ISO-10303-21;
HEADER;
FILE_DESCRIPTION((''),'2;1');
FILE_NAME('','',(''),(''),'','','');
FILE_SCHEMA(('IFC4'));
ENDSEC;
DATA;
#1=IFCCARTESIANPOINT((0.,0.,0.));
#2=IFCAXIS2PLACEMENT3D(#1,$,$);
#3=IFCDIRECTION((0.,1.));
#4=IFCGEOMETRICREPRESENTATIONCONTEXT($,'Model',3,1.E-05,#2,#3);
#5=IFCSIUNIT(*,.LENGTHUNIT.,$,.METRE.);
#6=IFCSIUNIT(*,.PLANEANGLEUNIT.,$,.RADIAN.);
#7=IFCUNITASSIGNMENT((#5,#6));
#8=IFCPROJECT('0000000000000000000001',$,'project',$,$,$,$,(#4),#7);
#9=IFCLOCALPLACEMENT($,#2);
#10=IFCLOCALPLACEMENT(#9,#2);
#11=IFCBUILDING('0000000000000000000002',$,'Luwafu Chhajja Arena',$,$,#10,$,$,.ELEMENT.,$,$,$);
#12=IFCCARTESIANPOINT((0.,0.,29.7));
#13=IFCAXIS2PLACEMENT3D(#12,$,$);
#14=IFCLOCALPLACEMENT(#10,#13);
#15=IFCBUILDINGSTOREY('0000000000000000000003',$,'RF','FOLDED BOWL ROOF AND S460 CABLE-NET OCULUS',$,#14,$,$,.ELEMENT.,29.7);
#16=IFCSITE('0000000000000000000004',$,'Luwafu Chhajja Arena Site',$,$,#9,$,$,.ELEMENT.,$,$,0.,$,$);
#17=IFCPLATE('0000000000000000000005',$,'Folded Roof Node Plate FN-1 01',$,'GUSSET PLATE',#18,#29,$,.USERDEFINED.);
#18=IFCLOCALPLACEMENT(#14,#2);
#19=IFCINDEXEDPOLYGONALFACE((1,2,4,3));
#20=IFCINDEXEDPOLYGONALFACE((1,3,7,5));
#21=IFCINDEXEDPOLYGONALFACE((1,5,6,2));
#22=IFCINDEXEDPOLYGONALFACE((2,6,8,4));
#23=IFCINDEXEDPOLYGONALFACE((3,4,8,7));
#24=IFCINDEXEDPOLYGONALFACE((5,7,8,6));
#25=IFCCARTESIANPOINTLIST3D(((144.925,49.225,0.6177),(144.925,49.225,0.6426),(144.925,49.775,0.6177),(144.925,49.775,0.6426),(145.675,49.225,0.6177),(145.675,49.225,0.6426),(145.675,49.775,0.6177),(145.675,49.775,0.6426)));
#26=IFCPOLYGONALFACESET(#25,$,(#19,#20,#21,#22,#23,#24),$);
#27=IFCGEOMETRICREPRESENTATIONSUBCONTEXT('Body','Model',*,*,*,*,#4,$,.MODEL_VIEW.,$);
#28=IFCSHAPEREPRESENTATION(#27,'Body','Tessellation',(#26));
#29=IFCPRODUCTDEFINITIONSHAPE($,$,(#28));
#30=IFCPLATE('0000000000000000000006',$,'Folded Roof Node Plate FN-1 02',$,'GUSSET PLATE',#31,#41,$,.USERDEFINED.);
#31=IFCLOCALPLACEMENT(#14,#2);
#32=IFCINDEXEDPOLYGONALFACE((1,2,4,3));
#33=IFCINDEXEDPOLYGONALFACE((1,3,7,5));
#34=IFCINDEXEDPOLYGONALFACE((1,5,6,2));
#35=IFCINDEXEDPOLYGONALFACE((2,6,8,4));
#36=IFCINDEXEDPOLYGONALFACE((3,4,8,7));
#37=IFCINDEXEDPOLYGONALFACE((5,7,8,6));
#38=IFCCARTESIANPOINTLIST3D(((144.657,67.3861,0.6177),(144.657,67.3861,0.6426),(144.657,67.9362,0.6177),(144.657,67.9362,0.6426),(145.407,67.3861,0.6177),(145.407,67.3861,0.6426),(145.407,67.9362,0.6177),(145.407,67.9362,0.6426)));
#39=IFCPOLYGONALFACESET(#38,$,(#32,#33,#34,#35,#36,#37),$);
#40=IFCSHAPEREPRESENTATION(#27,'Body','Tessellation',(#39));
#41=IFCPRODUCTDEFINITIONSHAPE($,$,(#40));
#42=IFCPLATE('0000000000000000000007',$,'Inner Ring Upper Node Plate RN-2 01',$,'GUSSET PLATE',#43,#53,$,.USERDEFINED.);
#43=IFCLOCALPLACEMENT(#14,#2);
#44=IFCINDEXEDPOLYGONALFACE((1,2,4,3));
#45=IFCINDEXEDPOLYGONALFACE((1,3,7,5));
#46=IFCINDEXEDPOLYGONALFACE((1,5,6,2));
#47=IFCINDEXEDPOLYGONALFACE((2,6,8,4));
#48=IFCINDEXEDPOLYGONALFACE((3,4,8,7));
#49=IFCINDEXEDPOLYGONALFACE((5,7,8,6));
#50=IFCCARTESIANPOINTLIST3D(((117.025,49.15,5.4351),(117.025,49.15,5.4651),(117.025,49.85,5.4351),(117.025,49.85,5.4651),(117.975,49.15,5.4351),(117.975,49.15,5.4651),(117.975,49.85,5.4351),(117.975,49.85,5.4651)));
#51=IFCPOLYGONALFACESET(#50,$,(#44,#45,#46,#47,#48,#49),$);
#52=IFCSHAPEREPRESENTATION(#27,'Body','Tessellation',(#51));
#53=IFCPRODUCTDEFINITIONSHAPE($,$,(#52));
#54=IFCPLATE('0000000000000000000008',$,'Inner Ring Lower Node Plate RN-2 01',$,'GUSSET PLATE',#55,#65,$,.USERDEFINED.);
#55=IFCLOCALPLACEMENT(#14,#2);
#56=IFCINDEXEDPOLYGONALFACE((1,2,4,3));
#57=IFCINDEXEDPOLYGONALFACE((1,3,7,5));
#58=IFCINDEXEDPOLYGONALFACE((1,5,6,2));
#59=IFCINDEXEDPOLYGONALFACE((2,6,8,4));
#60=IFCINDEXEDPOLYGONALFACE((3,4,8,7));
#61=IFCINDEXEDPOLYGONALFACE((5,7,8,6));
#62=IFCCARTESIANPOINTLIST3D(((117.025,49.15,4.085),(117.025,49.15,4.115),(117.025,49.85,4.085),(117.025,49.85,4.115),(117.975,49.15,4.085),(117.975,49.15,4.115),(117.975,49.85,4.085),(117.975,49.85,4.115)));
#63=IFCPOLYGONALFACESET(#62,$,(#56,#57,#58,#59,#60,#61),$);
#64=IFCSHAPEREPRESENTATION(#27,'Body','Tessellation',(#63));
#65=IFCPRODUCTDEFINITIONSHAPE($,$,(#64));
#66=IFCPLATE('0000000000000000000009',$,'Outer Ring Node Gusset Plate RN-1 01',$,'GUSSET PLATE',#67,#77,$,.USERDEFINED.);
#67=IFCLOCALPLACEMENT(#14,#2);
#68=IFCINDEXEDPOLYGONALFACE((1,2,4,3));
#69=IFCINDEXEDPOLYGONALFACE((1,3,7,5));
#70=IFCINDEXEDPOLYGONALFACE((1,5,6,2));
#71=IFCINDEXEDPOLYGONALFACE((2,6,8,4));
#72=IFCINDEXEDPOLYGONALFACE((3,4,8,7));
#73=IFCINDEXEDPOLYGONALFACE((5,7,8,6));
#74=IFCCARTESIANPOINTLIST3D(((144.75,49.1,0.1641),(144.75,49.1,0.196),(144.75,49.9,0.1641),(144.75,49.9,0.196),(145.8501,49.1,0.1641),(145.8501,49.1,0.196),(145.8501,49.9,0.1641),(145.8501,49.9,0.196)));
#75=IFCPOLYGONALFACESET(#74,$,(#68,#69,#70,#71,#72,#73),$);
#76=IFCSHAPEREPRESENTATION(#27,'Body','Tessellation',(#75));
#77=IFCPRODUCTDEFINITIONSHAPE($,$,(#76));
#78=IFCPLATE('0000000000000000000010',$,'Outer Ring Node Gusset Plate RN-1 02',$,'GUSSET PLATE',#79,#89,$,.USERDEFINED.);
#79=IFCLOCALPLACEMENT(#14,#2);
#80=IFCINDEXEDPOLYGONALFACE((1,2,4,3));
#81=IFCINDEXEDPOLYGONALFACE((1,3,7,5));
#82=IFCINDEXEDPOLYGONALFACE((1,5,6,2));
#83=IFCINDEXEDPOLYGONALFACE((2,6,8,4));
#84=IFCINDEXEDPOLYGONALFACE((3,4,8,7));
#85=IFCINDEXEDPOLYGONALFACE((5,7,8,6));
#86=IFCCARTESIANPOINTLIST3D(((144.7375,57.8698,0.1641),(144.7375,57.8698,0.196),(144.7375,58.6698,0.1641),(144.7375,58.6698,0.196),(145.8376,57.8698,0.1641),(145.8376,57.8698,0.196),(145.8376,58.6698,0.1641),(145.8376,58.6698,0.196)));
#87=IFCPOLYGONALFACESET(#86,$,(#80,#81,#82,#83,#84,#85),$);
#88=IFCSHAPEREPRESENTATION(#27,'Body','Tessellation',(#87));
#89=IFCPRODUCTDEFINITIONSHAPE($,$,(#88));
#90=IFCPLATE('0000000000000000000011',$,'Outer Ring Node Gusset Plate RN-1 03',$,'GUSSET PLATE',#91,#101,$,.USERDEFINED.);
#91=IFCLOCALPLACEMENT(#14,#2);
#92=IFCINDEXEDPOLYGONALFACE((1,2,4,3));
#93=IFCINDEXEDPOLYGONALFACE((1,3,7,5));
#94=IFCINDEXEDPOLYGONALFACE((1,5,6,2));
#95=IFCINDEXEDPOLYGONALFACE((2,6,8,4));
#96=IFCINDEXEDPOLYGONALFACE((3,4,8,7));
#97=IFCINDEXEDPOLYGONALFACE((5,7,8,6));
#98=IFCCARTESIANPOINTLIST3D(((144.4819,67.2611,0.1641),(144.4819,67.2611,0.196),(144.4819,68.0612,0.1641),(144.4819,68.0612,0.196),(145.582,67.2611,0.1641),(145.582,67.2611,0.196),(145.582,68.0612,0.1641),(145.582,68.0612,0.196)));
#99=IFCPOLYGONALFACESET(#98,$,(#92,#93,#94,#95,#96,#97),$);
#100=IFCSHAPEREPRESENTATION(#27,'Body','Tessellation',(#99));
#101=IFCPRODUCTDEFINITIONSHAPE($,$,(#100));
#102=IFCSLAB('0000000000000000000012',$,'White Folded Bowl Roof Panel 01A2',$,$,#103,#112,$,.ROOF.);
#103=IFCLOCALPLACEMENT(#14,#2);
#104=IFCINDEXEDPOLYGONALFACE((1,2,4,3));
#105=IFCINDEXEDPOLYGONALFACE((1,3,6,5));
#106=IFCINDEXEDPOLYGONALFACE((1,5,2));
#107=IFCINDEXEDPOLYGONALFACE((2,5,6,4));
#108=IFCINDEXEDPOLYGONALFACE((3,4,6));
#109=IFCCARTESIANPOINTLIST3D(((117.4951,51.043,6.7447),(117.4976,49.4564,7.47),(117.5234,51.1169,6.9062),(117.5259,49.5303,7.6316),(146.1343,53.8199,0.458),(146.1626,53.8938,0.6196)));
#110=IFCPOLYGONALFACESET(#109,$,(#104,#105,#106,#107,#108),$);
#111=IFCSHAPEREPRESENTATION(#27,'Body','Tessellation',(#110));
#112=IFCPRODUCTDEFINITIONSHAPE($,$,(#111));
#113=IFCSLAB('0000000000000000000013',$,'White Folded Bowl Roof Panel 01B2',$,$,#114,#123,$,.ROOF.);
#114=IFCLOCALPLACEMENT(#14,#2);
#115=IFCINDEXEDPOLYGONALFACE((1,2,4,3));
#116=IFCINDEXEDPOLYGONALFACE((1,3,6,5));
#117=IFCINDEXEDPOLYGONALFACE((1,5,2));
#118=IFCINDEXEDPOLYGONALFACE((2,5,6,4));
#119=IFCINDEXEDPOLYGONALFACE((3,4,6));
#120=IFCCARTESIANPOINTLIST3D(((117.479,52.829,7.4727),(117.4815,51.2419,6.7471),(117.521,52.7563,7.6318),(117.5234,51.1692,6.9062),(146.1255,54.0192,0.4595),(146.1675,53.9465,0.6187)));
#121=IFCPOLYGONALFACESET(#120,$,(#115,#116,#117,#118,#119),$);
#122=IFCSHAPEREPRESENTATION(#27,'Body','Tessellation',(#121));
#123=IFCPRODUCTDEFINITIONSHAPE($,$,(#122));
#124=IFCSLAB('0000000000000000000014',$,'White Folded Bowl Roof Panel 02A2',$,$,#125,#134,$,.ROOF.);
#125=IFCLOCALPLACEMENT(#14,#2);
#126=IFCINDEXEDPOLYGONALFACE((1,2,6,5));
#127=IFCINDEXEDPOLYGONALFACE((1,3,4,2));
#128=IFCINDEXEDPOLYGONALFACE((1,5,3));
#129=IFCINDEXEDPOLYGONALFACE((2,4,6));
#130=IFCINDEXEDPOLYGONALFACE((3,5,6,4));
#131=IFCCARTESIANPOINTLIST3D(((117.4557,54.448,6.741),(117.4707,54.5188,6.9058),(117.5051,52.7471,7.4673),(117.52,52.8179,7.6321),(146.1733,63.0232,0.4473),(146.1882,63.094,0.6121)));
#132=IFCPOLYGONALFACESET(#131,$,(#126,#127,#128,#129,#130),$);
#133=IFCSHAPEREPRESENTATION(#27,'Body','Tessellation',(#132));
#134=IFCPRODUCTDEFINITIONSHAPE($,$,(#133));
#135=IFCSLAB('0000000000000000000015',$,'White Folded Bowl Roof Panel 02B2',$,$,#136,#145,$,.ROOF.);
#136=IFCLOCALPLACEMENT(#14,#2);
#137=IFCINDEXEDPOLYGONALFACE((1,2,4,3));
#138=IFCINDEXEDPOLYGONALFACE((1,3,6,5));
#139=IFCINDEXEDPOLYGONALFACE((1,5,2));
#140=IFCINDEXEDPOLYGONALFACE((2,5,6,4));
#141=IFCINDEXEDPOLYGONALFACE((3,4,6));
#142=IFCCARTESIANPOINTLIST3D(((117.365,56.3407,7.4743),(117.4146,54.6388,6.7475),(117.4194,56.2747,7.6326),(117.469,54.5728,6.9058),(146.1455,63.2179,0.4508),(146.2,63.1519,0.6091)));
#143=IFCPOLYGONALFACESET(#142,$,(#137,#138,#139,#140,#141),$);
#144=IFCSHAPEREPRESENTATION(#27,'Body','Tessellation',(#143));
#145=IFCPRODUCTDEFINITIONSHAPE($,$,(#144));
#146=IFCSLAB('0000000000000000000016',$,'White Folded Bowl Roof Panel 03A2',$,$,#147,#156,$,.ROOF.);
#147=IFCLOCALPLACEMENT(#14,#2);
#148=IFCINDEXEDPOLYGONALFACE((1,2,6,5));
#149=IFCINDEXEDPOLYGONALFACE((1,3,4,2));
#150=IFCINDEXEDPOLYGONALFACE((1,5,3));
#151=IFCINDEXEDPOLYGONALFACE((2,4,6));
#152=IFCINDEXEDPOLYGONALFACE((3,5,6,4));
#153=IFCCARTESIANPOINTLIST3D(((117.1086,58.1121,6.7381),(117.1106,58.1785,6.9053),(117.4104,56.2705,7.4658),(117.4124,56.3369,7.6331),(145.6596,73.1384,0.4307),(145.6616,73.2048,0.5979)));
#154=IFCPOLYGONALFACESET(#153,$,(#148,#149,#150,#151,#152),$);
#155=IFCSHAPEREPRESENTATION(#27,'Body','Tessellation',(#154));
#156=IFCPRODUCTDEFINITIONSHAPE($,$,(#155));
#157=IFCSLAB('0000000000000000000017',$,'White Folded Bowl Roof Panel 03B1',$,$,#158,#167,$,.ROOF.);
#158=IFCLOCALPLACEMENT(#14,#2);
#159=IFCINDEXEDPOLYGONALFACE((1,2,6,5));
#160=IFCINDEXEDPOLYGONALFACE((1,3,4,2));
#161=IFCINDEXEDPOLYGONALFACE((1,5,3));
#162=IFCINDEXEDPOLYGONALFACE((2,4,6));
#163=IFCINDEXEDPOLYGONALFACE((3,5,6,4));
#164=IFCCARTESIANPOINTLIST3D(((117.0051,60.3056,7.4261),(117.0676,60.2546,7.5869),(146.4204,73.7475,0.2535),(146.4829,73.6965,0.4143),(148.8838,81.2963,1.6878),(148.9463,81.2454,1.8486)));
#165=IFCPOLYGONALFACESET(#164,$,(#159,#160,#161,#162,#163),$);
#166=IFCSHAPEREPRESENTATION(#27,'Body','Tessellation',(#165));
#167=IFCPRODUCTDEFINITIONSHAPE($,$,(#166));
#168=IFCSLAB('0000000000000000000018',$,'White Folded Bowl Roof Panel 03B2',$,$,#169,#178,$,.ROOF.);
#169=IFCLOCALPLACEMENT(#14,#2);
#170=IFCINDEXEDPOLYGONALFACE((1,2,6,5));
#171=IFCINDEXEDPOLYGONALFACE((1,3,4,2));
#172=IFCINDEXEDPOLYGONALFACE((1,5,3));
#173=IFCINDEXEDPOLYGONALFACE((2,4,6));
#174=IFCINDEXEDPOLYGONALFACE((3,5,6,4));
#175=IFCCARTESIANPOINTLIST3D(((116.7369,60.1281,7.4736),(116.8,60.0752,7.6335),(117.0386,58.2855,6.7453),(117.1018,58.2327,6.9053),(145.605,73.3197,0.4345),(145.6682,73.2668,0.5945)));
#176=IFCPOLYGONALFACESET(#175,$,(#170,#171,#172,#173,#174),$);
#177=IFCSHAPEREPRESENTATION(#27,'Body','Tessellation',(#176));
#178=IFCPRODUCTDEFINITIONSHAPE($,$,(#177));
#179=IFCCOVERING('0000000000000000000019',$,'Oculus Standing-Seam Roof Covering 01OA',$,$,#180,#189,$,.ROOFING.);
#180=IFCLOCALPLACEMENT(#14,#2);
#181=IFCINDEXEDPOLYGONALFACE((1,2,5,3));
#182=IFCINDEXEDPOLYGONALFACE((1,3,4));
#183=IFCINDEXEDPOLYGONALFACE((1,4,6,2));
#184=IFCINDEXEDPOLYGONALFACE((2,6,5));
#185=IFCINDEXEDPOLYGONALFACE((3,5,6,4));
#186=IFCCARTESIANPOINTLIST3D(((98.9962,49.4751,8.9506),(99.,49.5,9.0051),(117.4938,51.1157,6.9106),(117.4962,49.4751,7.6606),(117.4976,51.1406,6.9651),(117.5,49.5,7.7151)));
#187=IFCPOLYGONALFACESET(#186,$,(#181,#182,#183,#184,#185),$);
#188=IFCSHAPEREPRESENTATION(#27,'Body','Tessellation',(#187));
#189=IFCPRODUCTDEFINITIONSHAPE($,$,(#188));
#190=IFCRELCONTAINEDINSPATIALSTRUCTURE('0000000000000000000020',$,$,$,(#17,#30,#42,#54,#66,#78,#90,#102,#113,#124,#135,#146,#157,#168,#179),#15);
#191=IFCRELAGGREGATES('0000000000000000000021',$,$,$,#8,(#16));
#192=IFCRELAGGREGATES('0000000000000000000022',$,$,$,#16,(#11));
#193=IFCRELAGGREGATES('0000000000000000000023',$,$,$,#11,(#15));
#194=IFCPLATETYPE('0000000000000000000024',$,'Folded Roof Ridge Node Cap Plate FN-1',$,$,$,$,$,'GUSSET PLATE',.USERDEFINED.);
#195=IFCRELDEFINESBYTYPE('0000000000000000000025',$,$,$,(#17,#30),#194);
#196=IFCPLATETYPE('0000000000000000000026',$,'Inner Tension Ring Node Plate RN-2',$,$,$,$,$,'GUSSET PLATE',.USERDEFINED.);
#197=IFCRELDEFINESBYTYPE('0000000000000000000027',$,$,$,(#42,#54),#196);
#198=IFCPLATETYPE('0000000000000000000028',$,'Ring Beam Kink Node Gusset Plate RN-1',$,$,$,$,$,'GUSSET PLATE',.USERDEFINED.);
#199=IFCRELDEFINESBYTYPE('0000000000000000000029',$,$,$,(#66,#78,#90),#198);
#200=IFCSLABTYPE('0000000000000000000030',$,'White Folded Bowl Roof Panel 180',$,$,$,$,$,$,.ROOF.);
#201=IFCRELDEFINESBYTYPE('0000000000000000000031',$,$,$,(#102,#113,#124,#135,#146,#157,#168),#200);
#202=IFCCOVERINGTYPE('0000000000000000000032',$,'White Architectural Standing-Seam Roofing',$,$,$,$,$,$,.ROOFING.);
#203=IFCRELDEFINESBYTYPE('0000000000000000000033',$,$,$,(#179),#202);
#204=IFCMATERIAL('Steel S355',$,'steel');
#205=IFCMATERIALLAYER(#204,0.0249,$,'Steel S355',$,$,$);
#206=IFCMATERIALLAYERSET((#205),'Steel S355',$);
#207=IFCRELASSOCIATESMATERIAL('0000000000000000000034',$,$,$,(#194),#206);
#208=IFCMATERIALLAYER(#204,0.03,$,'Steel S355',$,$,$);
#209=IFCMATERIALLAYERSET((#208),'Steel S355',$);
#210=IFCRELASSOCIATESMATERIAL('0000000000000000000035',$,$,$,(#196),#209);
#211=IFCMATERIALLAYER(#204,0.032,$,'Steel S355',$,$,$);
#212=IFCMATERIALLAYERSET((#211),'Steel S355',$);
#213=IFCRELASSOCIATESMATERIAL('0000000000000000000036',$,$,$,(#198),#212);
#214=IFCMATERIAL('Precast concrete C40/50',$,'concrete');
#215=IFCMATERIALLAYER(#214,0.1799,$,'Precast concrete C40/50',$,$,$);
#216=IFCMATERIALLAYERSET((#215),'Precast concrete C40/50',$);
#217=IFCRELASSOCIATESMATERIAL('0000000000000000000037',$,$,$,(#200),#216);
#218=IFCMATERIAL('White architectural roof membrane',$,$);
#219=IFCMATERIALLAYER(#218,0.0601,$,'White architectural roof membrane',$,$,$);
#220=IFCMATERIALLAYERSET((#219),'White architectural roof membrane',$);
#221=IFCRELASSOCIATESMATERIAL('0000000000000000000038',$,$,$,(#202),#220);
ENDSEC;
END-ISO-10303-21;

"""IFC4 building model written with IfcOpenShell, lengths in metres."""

from ifc_helpers import new_model, si_unit, direction, frame, origin, origin_2d, place, context, subcontext, project, spatial, polyline, rectangle, outline, extrude, material, layer, layer_set, type_object, element, save


model = new_model("IFC4")

# Units and contexts
model_context = context("Model", 3, precision=1e-05, world=origin(), true_north=direction((0.0, 1.0)))
body_context = subcontext(model_context, "Body", "Model", "MODEL_VIEW")
ifc_project = project(units=[si_unit("LENGTHUNIT", "METRE"), si_unit("PLANEANGLEUNIT", "RADIAN")], contexts=[model_context])

# Site, building, storey
site_placement = place(None, origin())
site = spatial("IfcSite", under=ifc_project, at=site_placement, Name="Luwafu Chhajja Arena Site", CompositionType="ELEMENT", RefElevation=0.0)
building_placement = place(site_placement, origin())
building = spatial("IfcBuilding", under=site, at=building_placement, Name="Luwafu Chhajja Arena", CompositionType="ELEMENT")
storey_placement = place(building_placement, frame((0.0, 0.0, 29.7)))
storey = spatial("IfcBuildingStorey", under=building, at=storey_placement, Name="RF", Description="FOLDED BOWL ROOF AND S460 CABLE-NET OCULUS", CompositionType="ELEMENT", Elevation=29.7)

# Shared definitions
ifc_material_1 = material(Name="Steel S355", Category="steel")

# Plates
ifc_layer_1 = layer(ifc_material_1, 0.0249, Name="Steel S355")
ifc_layer_set_1 = layer_set([ifc_layer_1], Name="Steel S355")
plate_type_1 = type_object("IfcPlateType", Name="Folded Roof Ridge Node Cap Plate FN-1", ElementType="GUSSET PLATE", PredefinedType="USERDEFINED", material=ifc_layer_set_1)
for number, where, z_axis, x_axis, name in (
    (1, (145.3, 49.5, 0.6177), (0.0, 0.0, 1.0), (1.0, 0.0, 0.0), "Folded Roof Node Plate FN-1 01"),
    (2, (145.032, 67.6611, 0.6177), (0.0, 0.0, 1.0), (1.0, 0.0, 0.0), "Folded Roof Node Plate FN-1 02"),
):
    element("IfcPlate", number, at=place(storey_placement, frame(where, z_axis=z_axis, x_axis=x_axis)), inside=storey, type_object=plate_type_1, Name=name, ObjectType="GUSSET PLATE", PredefinedType="USERDEFINED", context=body_context, shape_type="SweptSolid", body=[
        extrude(rectangle(XDim=0.75, YDim=0.55, at=origin_2d()), origin(), (0.0, 0.0, 1.0), 0.0249),
    ])
ifc_layer_2 = layer(ifc_material_1, 0.03, Name="Steel S355")
ifc_layer_set_2 = layer_set([ifc_layer_2], Name="Steel S355")
plate_type_2 = type_object("IfcPlateType", Name="Inner Tension Ring Node Plate RN-2", ElementType="GUSSET PLATE", PredefinedType="USERDEFINED", material=ifc_layer_set_2)
for number, where, z_axis, x_axis, name in (
    (3, (117.5, 49.5, 5.4351), (0.0, 0.0, 1.0), (1.0, 0.0, 0.0), "Inner Ring Upper Node Plate RN-2 01"),
    (4, (117.5, 49.5, 4.085), (0.0, 0.0, 1.0), (1.0, 0.0, 0.0), "Inner Ring Lower Node Plate RN-2 01"),
):
    element("IfcPlate", number, at=place(storey_placement, frame(where, z_axis=z_axis, x_axis=x_axis)), inside=storey, type_object=plate_type_2, Name=name, ObjectType="GUSSET PLATE", PredefinedType="USERDEFINED", context=body_context, shape_type="SweptSolid", body=[
        extrude(rectangle(XDim=0.95, YDim=0.7, at=origin_2d()), origin(), (0.0, 0.0, 1.0), 0.03),
    ])
ifc_layer_3 = layer(ifc_material_1, 0.032, Name="Steel S355")
ifc_layer_set_3 = layer_set([ifc_layer_3], Name="Steel S355")
plate_type_3 = type_object("IfcPlateType", Name="Ring Beam Kink Node Gusset Plate RN-1", ElementType="GUSSET PLATE", PredefinedType="USERDEFINED", material=ifc_layer_set_3)
for number, where, z_axis, x_axis, name in (
    (5, (145.3, 49.5, 0.1641), (0.0, 0.0, 1.0), (1.0, 0.0, 0.0), "Outer Ring Node Gusset Plate RN-1 01"),
    (6, (145.2876, 58.2698, 0.1641), (0.0, 0.0, 1.0), (1.0, 0.0, 0.0), "Outer Ring Node Gusset Plate RN-1 02"),
    (7, (145.032, 67.6611, 0.1641), (0.0, 0.0, 1.0), (1.0, 0.0, 0.0), "Outer Ring Node Gusset Plate RN-1 03"),
):
    element("IfcPlate", number, at=place(storey_placement, frame(where, z_axis=z_axis, x_axis=x_axis)), inside=storey, type_object=plate_type_3, Name=name, ObjectType="GUSSET PLATE", PredefinedType="USERDEFINED", context=body_context, shape_type="SweptSolid", body=[
        extrude(rectangle(XDim=1.1001, YDim=0.8, at=origin_2d()), origin(), (0.0, 0.0, 1.0), 0.032),
    ])

# Slabs
ifc_material_2 = material(Name="Precast concrete C40/50", Category="concrete")
ifc_layer_4 = layer(ifc_material_2, 0.1799, Name="Precast concrete C40/50")
ifc_layer_set_4 = layer_set([ifc_layer_4], Name="Precast concrete C40/50")
slab_type = type_object("IfcSlabType", Name="White Folded Bowl Roof Panel 180", PredefinedType="ROOF", material=ifc_layer_set_4)
slab_1_placement = place(storey_placement, frame((146.1626, 53.8938, 0.6196), z_axis=(0.157304, 0.410787, 0.898059), x_axis=(-0.960839, -0.146408, 0.23527)))
element("IfcSlab", 8, at=slab_1_placement, inside=storey, type_object=slab_type, Name="White Folded Bowl Roof Panel 01A2", PredefinedType="ROOF", context=body_context, shape_type="SweptSolid", body=[
    extrude(outline(polyline([(0.0, 0.0), (29.8039, 0.0), (29.4032, -1.698), (0.0, 0.0)])), origin(), (0.0, 0.0, -1.0), 0.1799),
])
slab_2_placement = place(storey_placement, frame((146.1675, 53.9465, 0.6187), z_axis=(0.233327, -0.404, 0.884501), x_axis=(-0.972394, -0.094284, 0.213448)))
element("IfcSlab", 9, at=slab_2_placement, inside=storey, type_object=slab_type, Name="White Folded Bowl Roof Panel 01B2", PredefinedType="ROOF", context=body_context, shape_type="SweptSolid", body=[
    extrude(outline(polyline([(0.0, 0.0), (29.4572, 0.0), (29.4648, -1.7451), (0.0, 0.0)])), origin(), (0.0, 0.0, -1.0), 0.1799),
])
slab_3_placement = place(storey_placement, frame((146.1882, 63.094, 0.6121), z_axis=(0.083195, 0.393386, 0.915601), x_axis=(-0.917297, -0.328805, 0.22462)))
element("IfcSlab", 10, at=slab_3_placement, inside=storey, type_object=slab_type, Name="White Folded Bowl Roof Panel 02A2", PredefinedType="ROOF", context=body_context, shape_type="SweptSolid", body=[
    extrude(outline(polyline([(0.0, 0.0), (31.2529, 0.0), (30.5758, -1.7218), (0.0, 0.0)])), origin(), (0.0, 0.0, -1.0), 0.1799),
])
slab_4_placement = place(storey_placement, frame((146.2, 63.1519, 0.6091), z_axis=(0.302361, -0.366898, 0.879752), x_axis=(-0.937741, -0.280011, 0.205514)))
element("IfcSlab", 11, at=slab_4_placement, inside=storey, type_object=slab_type, Name="White Folded Bowl Roof Panel 02B2", PredefinedType="ROOF", context=body_context, shape_type="SweptSolid", body=[
    extrude(outline(polyline([(0.0, 0.0), (30.6385, 0.0), (30.3578, -1.8299), (0.0, 0.0)])), origin(), (0.0, 0.0, -1.0), 0.1799),
])
slab_5_placement = place(storey_placement, frame((145.6616, 73.2048, 0.5979), z_axis=(0.011056, 0.369084, 0.92933), x_axis=(-0.839607, -0.501338, 0.209095)))
element("IfcSlab", 12, at=slab_5_placement, inside=storey, type_object=slab_type, Name="White Folded Bowl Roof Panel 03A2", PredefinedType="ROOF", context=body_context, shape_type="SweptSolid", body=[
    extrude(outline(polyline([(0.0, 0.0), (33.6458, 0.0), (32.8238, -1.8265), (0.0, 0.0)])), origin(), (0.0, 0.0, -1.0), 0.1799),
])
slab_6_placement = place(storey_placement, frame((146.4829, 73.6965, 0.4143), z_axis=(0.347396, -0.283216, 0.893927), x_axis=(-0.887958, -0.40577, 0.216519)))
element("IfcSlab", 13, at=slab_6_placement, inside=storey, type_object=slab_type, Name="White Folded Bowl Roof Panel 03B1", PredefinedType="ROOF", context=body_context, shape_type="SweptSolid", body=[
    extrude(outline(polyline([(0.0, 0.0), (33.1269, 0.0), (-4.9399, -6.3803), (0.0, 0.0)])), origin(), (0.0, 0.0, -1.0), 0.1799),
])
slab_7_placement = place(storey_placement, frame((145.6682, 73.2668, 0.5945), z_axis=(0.351076, -0.293897, 0.889028), x_axis=(-0.868488, -0.457075, 0.191863)))
element("IfcSlab", 14, at=slab_7_placement, inside=storey, type_object=slab_type, Name="White Folded Bowl Roof Panel 03B2", PredefinedType="ROOF", context=body_context, shape_type="SweptSolid", body=[
    extrude(outline(polyline([(0.0, 0.0), (32.8921, 0.0), (32.4518, -1.9551), (0.0, 0.0)])), origin(), (0.0, 0.0, -1.0), 0.1799),
])

# Covering
ifc_material_3 = material(Name="White architectural roof membrane")
ifc_layer_5 = layer(ifc_material_3, 0.0601, Name="White architectural roof membrane")
ifc_layer_set_5 = layer_set([ifc_layer_5], Name="White architectural roof membrane")
covering_type = type_object("IfcCoveringType", Name="White Architectural Standing-Seam Roofing", PredefinedType="ROOFING", material=ifc_layer_set_5)
covering_1_placement = place(storey_placement, frame((117.5, 49.5, 7.7151), z_axis=(0.06329, 0.415004, 0.907616), x_axis=(-0.001353, 0.909474, -0.415759)))
element("IfcCovering", 15, at=covering_1_placement, inside=storey, type_object=covering_type, Name="Oculus Standing-Seam Roof Covering 01OA", PredefinedType="ROOFING", context=body_context, shape_type="SweptSolid", body=[
    extrude(outline(polyline([(0.0, 0.0), (1.8039, 0.0), (-0.5113, 18.5379), (0.0, 0.0)])), origin(), (0.0, 0.0, -1.0), 0.0601),
])

save(model, "model.ifc")
